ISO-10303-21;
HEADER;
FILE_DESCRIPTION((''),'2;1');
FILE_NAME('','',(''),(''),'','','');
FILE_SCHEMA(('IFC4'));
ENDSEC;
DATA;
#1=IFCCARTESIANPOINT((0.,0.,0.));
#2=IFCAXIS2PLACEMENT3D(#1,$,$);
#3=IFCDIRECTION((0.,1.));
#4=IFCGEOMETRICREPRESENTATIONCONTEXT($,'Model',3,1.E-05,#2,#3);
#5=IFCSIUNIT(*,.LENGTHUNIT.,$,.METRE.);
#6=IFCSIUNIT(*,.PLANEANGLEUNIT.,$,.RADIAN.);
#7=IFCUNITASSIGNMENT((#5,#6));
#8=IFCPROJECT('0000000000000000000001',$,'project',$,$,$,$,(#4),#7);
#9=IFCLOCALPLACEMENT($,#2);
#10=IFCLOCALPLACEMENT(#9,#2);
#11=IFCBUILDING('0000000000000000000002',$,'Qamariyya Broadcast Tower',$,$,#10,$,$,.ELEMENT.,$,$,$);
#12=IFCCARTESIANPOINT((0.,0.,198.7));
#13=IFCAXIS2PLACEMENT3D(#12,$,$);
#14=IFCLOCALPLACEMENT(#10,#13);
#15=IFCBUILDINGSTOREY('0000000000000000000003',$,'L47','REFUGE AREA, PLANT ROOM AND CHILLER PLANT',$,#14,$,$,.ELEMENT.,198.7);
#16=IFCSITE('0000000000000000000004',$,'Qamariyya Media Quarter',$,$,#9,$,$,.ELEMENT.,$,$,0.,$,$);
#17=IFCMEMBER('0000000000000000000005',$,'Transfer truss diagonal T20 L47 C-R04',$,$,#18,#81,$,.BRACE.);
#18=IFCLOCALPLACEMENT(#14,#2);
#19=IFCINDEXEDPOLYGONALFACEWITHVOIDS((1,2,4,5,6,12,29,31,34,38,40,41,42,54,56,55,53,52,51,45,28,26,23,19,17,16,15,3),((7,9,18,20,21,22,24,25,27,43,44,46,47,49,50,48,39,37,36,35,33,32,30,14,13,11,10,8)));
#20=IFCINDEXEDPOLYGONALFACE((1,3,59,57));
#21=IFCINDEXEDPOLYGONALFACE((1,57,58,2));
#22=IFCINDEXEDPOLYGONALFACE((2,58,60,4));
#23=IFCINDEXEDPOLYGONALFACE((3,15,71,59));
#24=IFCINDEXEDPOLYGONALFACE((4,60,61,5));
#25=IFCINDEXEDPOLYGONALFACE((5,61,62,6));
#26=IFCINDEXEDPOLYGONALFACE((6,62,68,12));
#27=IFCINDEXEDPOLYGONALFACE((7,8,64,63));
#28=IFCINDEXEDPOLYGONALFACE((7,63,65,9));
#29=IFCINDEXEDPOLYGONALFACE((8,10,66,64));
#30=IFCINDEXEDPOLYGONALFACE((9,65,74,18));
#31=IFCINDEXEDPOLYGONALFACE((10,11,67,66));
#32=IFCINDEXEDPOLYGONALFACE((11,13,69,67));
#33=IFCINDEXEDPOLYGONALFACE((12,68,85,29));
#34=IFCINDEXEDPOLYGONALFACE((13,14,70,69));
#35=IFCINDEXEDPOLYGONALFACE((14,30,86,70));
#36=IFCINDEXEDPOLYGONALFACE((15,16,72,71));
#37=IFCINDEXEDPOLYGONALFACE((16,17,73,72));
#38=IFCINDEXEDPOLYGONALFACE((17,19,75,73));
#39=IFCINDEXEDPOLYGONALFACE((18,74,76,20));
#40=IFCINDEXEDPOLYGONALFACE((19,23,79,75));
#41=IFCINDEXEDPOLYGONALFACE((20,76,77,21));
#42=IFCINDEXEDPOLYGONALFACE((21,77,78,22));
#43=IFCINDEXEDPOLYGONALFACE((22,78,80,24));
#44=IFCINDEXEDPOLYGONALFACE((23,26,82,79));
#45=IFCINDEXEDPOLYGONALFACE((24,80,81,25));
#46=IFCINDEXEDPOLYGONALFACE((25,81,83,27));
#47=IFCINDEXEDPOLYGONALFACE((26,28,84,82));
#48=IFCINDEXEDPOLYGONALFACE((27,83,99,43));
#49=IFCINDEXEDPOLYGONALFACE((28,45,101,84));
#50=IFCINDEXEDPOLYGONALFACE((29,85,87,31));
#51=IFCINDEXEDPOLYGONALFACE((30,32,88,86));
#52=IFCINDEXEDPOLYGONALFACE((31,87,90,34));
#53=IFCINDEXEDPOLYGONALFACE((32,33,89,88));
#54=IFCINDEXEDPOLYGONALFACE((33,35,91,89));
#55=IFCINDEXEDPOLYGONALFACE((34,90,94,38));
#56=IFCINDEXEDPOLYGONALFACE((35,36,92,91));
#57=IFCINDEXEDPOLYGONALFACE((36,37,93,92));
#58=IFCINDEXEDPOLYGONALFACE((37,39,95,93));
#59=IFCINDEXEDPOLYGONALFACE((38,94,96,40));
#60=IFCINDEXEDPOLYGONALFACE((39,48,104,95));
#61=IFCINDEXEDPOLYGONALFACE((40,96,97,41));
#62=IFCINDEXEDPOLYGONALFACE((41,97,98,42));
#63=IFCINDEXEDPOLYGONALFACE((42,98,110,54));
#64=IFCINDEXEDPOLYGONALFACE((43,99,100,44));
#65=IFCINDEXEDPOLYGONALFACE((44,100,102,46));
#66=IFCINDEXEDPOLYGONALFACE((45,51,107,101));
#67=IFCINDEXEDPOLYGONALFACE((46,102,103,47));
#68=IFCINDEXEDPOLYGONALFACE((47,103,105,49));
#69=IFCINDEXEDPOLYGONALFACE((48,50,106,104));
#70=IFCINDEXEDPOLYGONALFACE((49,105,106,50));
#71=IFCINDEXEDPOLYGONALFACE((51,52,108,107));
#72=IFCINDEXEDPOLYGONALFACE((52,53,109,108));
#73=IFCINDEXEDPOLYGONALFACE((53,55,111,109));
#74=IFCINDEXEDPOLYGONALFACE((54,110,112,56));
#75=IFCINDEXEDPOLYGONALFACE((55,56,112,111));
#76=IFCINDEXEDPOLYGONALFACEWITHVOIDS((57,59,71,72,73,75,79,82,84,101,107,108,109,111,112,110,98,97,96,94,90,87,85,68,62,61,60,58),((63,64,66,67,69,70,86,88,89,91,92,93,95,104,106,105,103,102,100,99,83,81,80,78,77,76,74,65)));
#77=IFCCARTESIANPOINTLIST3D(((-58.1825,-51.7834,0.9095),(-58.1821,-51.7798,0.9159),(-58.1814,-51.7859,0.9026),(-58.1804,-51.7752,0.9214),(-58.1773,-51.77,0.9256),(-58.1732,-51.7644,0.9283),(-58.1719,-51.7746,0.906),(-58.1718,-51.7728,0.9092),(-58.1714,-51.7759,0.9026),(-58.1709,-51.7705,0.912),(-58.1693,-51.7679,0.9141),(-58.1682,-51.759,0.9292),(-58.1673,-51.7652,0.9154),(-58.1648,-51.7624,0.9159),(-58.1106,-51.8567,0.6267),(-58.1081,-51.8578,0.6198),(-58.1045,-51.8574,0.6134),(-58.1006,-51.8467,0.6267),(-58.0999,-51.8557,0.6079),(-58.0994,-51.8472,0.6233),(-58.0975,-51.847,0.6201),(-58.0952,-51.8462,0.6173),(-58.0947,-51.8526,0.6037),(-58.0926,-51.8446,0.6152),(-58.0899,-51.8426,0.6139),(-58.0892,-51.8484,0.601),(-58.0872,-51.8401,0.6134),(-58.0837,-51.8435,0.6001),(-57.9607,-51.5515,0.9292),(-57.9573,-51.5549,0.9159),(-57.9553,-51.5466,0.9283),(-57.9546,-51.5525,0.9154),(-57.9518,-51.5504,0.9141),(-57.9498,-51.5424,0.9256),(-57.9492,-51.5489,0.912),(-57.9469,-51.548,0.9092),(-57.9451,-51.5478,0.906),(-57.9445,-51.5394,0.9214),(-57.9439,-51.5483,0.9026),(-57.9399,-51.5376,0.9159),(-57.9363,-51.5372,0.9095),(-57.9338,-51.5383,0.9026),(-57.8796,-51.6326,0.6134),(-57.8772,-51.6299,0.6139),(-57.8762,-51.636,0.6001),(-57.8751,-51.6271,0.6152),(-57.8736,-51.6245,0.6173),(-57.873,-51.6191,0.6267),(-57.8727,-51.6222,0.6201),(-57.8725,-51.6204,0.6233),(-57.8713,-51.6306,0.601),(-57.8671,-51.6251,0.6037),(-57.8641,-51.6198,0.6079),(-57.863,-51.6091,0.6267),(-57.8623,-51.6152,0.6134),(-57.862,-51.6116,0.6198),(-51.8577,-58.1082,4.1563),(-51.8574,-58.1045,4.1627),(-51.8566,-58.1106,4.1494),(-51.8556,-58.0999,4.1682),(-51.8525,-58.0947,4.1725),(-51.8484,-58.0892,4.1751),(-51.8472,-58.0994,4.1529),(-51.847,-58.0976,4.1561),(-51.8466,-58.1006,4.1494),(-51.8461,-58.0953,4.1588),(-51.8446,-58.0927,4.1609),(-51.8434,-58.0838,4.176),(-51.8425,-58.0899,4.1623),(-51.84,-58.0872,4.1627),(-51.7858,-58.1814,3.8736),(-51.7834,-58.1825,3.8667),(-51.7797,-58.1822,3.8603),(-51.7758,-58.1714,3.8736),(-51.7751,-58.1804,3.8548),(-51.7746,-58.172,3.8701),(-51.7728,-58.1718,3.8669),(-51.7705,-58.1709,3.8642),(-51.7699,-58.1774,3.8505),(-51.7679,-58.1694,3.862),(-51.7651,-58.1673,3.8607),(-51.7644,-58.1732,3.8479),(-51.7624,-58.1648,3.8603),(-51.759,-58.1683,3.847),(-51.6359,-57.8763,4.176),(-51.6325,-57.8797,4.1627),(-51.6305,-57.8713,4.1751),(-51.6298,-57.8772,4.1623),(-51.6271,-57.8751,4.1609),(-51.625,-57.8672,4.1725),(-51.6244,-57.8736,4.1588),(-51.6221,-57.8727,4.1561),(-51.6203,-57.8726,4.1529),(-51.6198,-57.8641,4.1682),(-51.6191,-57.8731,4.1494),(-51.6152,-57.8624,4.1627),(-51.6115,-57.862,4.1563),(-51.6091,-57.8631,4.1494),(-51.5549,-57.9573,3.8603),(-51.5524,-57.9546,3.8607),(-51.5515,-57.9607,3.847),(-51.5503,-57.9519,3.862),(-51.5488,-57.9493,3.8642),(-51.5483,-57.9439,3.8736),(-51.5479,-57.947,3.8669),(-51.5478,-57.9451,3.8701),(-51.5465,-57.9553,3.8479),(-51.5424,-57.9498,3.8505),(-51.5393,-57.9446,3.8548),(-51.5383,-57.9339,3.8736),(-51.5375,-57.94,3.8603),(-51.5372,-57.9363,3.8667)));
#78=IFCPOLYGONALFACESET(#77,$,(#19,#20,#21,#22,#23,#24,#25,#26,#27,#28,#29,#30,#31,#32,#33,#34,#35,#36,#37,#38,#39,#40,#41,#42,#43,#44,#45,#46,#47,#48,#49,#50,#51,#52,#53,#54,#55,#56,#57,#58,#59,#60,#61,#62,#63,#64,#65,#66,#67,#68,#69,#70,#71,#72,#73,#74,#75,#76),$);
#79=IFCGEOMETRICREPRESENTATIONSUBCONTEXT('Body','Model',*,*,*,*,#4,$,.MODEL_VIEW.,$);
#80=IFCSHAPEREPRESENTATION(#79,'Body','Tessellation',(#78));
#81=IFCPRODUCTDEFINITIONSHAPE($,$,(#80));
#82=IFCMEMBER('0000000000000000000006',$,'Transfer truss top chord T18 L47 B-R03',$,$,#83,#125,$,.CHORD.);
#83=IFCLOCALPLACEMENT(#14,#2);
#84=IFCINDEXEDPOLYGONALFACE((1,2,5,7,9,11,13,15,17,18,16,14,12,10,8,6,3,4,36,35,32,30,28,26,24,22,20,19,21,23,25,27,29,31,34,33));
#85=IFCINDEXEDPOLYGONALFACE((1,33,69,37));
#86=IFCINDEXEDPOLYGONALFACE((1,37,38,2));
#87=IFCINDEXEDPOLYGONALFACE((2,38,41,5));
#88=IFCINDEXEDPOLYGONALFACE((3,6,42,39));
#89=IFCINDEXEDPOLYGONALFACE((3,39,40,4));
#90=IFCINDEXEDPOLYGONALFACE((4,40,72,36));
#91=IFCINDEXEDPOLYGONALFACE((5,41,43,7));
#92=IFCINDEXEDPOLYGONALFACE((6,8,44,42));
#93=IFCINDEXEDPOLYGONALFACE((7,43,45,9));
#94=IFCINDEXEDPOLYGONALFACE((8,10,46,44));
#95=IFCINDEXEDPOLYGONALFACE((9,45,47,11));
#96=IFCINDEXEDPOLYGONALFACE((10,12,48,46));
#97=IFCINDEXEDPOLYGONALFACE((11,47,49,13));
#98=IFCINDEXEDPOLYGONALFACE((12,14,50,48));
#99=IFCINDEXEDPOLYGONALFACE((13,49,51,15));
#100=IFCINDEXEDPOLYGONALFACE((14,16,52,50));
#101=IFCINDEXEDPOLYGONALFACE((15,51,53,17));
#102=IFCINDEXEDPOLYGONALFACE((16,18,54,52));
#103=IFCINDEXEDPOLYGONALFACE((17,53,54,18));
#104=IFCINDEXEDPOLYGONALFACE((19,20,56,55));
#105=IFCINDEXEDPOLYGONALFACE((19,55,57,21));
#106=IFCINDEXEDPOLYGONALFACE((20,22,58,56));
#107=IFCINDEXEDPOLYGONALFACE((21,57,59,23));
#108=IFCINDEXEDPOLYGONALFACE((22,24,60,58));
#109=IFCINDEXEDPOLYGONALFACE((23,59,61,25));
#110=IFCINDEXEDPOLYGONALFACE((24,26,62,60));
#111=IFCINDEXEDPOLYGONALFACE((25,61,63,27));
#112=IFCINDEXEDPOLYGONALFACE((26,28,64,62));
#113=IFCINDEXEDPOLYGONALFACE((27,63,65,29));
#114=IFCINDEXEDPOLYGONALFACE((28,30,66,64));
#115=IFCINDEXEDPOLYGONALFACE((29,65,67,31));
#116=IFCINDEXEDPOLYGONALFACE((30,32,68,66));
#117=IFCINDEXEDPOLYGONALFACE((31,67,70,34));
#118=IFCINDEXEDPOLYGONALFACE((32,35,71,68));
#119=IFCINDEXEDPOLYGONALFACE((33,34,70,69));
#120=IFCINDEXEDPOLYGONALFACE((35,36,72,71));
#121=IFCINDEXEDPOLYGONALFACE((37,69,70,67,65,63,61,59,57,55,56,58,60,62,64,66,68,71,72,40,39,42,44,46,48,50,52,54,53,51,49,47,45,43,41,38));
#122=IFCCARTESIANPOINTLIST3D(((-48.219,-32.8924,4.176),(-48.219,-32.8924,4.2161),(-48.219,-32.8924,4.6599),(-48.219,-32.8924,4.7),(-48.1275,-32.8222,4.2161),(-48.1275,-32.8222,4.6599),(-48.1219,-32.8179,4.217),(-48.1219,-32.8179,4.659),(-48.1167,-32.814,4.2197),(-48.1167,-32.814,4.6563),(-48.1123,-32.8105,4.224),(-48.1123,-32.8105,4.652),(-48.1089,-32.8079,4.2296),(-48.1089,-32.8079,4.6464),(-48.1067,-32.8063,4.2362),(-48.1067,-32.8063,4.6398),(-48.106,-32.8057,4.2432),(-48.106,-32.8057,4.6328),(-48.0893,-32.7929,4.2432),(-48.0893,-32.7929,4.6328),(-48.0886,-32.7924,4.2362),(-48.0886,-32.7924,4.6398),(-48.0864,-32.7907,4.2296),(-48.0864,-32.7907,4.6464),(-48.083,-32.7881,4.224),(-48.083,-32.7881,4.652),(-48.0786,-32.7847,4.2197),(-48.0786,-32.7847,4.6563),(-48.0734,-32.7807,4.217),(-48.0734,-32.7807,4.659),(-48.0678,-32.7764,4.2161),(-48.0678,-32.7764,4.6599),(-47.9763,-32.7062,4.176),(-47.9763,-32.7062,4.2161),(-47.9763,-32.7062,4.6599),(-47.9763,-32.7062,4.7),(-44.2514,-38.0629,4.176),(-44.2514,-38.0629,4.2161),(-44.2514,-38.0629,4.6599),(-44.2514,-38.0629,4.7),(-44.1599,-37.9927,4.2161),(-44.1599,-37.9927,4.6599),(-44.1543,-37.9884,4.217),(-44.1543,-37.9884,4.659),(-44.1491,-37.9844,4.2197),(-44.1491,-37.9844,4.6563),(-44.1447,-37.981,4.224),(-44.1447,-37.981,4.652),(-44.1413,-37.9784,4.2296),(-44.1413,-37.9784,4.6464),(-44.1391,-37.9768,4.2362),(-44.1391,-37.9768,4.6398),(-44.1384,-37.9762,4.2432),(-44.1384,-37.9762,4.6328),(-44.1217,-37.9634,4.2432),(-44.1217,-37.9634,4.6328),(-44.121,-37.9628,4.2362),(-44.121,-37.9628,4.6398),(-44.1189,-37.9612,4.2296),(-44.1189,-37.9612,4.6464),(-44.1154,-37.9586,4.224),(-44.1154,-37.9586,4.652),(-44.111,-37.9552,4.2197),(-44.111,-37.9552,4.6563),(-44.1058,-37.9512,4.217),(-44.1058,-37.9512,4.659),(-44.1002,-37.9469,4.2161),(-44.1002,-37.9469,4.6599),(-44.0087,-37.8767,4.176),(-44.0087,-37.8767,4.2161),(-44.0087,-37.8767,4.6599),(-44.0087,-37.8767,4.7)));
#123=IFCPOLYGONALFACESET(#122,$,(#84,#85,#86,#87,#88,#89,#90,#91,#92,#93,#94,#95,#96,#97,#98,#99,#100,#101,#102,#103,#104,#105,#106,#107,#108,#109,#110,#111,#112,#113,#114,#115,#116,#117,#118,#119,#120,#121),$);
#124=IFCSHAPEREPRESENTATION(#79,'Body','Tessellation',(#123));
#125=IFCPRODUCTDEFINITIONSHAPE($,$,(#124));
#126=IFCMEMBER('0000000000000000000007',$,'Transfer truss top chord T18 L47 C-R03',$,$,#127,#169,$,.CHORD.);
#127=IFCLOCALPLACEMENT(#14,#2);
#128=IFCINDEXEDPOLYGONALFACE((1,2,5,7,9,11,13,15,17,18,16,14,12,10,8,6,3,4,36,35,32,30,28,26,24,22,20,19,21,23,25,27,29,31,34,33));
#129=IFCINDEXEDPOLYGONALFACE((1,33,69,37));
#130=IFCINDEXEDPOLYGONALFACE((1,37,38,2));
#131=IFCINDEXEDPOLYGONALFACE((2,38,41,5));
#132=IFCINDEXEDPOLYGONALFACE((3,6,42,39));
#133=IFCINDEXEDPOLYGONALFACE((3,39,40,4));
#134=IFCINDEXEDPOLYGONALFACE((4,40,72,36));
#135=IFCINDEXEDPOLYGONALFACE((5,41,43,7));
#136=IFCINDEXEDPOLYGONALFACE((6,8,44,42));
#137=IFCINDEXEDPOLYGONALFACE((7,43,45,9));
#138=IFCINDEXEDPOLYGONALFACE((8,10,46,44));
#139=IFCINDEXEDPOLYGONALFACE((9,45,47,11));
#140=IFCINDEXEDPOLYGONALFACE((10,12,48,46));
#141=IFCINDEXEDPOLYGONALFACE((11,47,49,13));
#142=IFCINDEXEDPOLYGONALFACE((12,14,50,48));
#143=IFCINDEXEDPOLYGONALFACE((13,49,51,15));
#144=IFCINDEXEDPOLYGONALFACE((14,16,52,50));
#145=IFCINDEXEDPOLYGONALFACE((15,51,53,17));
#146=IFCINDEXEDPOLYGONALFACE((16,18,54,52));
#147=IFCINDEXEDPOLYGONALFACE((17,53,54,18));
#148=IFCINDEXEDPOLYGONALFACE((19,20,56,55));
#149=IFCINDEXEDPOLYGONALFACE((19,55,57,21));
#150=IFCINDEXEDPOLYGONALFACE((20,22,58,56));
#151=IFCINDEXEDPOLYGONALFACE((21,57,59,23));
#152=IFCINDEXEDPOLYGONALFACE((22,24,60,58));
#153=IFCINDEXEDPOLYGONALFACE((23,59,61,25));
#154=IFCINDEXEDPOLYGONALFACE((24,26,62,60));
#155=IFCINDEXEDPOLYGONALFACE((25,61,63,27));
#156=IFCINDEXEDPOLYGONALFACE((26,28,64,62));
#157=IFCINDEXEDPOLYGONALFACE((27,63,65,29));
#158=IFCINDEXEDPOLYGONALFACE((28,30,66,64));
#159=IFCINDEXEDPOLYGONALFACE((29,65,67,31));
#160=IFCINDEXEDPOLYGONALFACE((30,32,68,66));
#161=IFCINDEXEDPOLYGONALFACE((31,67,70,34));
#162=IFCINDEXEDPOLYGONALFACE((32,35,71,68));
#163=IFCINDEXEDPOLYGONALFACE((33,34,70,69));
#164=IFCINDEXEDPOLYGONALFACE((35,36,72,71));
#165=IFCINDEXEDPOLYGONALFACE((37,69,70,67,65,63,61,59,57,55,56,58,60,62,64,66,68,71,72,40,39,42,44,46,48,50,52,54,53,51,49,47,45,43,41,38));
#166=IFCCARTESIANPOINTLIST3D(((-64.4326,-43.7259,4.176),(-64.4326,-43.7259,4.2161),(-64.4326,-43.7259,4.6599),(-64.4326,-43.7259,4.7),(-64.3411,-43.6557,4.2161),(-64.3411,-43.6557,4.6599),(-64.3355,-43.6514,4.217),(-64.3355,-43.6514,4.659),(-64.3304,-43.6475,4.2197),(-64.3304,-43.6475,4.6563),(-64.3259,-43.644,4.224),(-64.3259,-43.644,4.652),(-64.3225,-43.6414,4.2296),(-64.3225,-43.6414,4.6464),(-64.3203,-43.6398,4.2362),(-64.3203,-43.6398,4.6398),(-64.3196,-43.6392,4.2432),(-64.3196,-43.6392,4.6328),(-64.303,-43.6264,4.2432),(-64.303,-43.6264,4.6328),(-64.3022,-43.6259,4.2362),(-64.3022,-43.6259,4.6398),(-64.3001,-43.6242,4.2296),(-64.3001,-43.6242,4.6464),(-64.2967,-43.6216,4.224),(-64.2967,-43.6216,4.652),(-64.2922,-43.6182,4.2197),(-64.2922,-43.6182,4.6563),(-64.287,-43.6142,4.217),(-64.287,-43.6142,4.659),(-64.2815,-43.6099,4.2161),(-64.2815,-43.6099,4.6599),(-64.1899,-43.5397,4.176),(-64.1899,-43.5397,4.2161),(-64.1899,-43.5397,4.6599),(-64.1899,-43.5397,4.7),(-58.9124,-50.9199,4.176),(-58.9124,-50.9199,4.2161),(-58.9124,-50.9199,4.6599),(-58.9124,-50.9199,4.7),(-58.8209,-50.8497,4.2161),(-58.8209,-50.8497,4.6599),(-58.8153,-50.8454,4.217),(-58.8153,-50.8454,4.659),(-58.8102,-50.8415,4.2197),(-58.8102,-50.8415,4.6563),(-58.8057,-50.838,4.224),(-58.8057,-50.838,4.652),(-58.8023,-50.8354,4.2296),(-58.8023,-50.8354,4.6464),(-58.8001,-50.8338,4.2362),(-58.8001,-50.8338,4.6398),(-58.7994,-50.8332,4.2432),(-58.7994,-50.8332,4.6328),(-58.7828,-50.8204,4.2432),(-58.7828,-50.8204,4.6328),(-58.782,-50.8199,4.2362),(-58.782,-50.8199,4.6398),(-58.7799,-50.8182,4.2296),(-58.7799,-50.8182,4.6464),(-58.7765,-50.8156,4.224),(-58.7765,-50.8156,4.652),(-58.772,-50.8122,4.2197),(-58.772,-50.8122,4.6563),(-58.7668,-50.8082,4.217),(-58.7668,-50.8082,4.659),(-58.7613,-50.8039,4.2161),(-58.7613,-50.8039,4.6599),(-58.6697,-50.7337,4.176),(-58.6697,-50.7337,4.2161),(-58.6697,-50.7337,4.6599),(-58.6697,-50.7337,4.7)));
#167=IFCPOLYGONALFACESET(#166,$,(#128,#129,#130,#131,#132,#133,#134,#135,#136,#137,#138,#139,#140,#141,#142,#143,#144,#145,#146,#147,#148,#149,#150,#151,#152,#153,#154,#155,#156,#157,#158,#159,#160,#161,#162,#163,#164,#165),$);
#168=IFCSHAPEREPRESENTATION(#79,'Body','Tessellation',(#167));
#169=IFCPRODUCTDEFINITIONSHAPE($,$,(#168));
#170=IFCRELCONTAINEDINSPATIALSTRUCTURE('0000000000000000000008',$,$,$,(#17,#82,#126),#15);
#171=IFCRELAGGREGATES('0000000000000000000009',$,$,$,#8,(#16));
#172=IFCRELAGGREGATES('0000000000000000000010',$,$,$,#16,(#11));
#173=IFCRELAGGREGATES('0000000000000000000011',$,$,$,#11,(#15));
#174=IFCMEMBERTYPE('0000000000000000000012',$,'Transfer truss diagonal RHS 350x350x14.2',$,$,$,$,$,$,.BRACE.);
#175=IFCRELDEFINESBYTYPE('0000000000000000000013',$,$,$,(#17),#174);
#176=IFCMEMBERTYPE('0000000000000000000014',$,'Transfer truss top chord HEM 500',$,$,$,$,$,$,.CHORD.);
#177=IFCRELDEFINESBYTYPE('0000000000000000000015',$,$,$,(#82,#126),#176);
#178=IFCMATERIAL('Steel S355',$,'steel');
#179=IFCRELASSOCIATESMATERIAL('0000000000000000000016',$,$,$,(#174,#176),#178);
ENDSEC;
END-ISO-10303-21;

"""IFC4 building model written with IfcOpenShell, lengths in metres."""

from ifc_helpers import new_model, si_unit, direction, frame, origin, origin_2d, place, context, subcontext, project, spatial, hollow_rectangle, i_section, extrude, material, material_profile, profile_set, type_object, element, save


model = new_model("IFC4")

# Units and contexts
model_context = context("Model", 3, precision=1e-05, world=origin(), true_north=direction((0.0, 1.0)))
body_context = subcontext(model_context, "Body", "Model", "MODEL_VIEW")
ifc_project = project(units=[si_unit("LENGTHUNIT", "METRE"), si_unit("PLANEANGLEUNIT", "RADIAN")], contexts=[model_context])

# Site, building, storey
site_placement = place(None, origin())
site = spatial("IfcSite", under=ifc_project, at=site_placement, Name="Qamariyya Media Quarter", CompositionType="ELEMENT", RefElevation=0.0)
building_placement = place(site_placement, origin())
building = spatial("IfcBuilding", under=site, at=building_placement, Name="Qamariyya Broadcast Tower", CompositionType="ELEMENT")
storey_placement = place(building_placement, frame((0.0, 0.0, 198.7)))
storey = spatial("IfcBuildingStorey", under=building, at=storey_placement, Name="L47", Description="REFUGE AREA, PLANT ROOM AND CHILLER PLANT", CompositionType="ELEMENT", Elevation=198.7)

# Members
ifc_material_1 = material(Name="Steel S355", Category="steel")
ifc_material_profile_1 = material_profile(ifc_material_1, hollow_rectangle(XDim=0.3501, YDim=0.3501, WallThickness=0.0142, InnerFilletRadius=0.0142, OuterFilletRadius=0.0283, at=origin_2d()))
ifc_profile_set_1 = profile_set([ifc_material_profile_1], Name="Steel S355")
member_type_1 = type_object("IfcMemberType", Name="Transfer truss diagonal RHS 350x350x14.2", PredefinedType="BRACE", material=ifc_profile_set_1)
member_1_placement = place(storey_placement, frame((-58.0222, -51.6975, 0.7646), z_axis=(0.664671, -0.664671, 0.341213), x_axis=(0.707107, 0.707107, 0.0)))
element("IfcMember", 1, at=member_1_placement, inside=storey, type_object=member_type_1, Name="Transfer truss diagonal T20 L47 C-R04", PredefinedType="BRACE", context=body_context, shape_type="SweptSolid", body=[
    extrude(hollow_rectangle(XDim=0.3501, YDim=0.3501, WallThickness=0.0142, InnerFilletRadius=0.0142, OuterFilletRadius=0.0283, at=origin_2d()), origin(), (0.0, 0.0, 1.0), 9.5156),
])
ifc_material_profile_2 = material_profile(ifc_material_1, i_section(OverallWidth=0.3059, OverallDepth=0.5239, WebThickness=0.021, FlangeThickness=0.04, FilletRadius=0.0271, at=origin_2d()))
ifc_profile_set_2 = profile_set([ifc_material_profile_2], Name="Steel S355")
member_type_2 = type_object("IfcMemberType", Name="Transfer truss top chord HEM 500", PredefinedType="CHORD", material=ifc_profile_set_2)
member_2_placement = place(storey_placement, frame((-48.0977, -32.7993, 4.438), z_axis=(0.608774, -0.793343, 0.0), x_axis=(0.793343, 0.608774, 0.0)))
element("IfcMember", 2, at=member_2_placement, inside=storey, type_object=member_type_2, Name="Transfer truss top chord T18 L47 B-R03", PredefinedType="CHORD", context=body_context, shape_type="SweptSolid", body=[
    extrude(i_section(OverallWidth=0.3059, OverallDepth=0.5239, WebThickness=0.021, FlangeThickness=0.04, FilletRadius=0.0271, at=origin_2d()), origin(), (0.0, 0.0, 1.0), 6.5173),
])
member_3_placement = place(storey_placement, frame((-64.3113, -43.6328, 4.438), z_axis=(0.608764, -0.793351, 0.0), x_axis=(0.793351, 0.608764, 0.0)))
element("IfcMember", 3, at=member_3_placement, inside=storey, type_object=member_type_2, Name="Transfer truss top chord T18 L47 C-R03", PredefinedType="CHORD", context=body_context, shape_type="SweptSolid", body=[
    extrude(i_section(OverallWidth=0.3059, OverallDepth=0.5239, WebThickness=0.021, FlangeThickness=0.04, FilletRadius=0.0271, at=origin_2d()), origin(), (0.0, 0.0, 1.0), 9.0679),
])

save(model, "model.ifc")
